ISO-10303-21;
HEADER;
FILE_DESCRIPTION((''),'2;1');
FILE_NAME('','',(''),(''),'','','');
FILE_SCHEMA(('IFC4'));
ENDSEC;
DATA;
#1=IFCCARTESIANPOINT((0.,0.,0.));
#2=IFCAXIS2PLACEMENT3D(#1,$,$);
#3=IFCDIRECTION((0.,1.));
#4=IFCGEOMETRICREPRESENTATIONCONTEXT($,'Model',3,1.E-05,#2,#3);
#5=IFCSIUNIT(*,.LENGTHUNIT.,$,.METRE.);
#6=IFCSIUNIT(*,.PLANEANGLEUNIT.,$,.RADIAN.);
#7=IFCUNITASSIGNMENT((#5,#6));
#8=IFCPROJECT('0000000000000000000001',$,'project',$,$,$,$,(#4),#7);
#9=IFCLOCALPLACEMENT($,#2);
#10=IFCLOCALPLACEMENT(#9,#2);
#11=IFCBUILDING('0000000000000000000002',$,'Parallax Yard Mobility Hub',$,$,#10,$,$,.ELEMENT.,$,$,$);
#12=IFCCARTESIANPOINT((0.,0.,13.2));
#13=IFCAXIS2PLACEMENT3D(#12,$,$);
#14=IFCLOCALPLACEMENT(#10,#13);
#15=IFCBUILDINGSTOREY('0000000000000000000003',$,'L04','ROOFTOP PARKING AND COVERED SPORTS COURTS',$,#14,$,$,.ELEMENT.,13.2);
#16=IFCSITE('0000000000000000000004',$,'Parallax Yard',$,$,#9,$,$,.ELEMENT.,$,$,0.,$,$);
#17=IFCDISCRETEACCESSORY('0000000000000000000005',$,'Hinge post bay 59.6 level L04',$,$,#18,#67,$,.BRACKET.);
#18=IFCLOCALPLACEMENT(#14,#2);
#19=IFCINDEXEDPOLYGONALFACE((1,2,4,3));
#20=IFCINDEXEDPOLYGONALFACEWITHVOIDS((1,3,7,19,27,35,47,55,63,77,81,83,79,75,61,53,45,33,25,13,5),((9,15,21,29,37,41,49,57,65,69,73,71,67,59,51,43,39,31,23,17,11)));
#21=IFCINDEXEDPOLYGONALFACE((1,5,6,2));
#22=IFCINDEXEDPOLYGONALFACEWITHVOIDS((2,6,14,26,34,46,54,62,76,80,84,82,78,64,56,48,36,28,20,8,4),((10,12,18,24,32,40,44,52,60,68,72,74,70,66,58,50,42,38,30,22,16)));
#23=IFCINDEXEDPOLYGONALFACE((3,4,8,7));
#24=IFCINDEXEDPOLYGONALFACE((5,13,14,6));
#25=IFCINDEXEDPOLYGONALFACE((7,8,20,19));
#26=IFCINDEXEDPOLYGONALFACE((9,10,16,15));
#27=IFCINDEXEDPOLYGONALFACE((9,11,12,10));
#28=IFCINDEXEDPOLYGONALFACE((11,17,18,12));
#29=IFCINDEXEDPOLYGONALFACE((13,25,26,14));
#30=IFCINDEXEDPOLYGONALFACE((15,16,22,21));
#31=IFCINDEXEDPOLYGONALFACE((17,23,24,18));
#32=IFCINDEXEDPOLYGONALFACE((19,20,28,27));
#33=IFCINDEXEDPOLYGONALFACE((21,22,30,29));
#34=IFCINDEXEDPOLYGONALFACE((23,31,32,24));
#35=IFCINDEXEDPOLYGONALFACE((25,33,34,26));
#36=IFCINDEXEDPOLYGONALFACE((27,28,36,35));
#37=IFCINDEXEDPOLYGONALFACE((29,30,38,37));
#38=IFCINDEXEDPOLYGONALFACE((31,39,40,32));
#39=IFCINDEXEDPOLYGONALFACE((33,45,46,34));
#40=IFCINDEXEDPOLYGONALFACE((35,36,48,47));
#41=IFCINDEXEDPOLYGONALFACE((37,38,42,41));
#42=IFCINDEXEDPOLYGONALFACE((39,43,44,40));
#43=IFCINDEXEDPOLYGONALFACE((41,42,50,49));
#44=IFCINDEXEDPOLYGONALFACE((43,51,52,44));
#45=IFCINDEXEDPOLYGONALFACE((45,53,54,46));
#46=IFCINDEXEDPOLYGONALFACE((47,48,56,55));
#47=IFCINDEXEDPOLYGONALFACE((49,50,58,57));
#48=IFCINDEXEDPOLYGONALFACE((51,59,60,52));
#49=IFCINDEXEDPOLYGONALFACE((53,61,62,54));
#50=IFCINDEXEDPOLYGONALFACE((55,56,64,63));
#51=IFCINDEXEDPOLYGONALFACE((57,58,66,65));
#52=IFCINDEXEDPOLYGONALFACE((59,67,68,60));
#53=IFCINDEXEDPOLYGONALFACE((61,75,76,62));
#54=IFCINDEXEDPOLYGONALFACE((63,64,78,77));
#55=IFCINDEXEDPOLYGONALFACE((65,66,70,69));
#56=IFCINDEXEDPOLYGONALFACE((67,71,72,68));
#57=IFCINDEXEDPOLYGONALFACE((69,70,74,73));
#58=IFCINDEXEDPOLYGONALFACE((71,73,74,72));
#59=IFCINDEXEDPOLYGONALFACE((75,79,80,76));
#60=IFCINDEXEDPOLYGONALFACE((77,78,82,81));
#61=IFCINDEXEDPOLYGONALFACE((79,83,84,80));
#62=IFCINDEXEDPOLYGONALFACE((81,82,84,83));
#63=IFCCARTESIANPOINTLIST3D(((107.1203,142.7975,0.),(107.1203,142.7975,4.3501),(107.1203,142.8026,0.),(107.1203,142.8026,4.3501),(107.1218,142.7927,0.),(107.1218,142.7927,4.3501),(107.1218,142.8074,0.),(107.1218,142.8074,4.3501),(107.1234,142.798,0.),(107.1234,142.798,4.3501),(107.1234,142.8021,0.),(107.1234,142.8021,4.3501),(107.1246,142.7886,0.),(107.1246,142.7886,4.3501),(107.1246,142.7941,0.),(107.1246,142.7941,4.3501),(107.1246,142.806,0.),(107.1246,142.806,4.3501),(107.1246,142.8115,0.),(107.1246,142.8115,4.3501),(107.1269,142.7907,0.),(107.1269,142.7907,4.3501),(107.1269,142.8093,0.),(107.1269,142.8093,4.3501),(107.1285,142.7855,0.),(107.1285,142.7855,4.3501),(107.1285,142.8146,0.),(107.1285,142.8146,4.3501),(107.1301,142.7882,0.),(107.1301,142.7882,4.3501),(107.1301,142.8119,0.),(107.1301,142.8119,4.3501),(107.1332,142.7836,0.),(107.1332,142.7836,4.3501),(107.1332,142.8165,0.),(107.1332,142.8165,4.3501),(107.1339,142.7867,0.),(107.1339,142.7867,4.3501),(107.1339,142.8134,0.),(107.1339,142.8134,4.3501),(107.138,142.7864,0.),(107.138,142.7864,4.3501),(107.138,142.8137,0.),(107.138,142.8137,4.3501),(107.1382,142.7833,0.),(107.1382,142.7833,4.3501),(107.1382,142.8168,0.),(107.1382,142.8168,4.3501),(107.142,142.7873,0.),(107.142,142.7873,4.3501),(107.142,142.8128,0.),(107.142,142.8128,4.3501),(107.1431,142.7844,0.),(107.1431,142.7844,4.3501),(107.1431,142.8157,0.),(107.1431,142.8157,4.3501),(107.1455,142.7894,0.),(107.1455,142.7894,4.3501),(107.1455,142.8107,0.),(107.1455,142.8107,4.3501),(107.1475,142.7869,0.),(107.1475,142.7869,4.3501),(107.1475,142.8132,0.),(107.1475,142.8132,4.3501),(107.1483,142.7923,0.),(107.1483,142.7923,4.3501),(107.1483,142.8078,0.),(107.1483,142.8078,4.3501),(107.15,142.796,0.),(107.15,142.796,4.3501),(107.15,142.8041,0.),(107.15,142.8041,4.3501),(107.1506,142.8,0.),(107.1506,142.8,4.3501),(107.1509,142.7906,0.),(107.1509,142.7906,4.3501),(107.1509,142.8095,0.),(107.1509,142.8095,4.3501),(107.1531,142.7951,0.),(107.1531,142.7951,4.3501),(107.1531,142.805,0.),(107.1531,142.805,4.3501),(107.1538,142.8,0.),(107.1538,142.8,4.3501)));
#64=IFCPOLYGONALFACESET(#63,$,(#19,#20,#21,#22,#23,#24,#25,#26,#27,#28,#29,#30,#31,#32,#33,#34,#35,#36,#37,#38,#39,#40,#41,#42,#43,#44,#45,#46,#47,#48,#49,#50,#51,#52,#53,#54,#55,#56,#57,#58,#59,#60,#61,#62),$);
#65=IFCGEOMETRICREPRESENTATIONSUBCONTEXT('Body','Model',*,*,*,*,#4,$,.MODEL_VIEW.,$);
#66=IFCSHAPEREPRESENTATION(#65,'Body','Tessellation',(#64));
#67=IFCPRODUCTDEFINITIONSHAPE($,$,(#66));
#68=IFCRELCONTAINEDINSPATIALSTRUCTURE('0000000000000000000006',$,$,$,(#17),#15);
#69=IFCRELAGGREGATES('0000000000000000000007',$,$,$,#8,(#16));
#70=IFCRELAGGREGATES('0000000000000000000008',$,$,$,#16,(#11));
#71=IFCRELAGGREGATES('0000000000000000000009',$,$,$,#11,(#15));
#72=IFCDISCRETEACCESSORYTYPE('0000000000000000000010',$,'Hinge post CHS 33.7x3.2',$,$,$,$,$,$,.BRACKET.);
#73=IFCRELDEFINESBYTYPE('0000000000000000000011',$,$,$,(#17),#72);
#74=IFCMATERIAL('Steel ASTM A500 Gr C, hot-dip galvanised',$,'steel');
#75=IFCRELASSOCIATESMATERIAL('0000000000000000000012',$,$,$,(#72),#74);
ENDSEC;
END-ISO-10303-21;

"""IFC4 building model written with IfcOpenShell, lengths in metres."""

from ifc_helpers import new_model, si_unit, direction, frame, origin, origin_2d, place, context, subcontext, project, spatial, hollow_circle, extrude, material, material_profile, profile_set, type_object, element, save


model = new_model("IFC4")

# Units and contexts
model_context = context("Model", 3, precision=1e-05, world=origin(), true_north=direction((0.0, 1.0)))
body_context = subcontext(model_context, "Body", "Model", "MODEL_VIEW")
ifc_project = project(units=[si_unit("LENGTHUNIT", "METRE"), si_unit("PLANEANGLEUNIT", "RADIAN")], contexts=[model_context])

# Site, building, storey
site_placement = place(None, origin())
site = spatial("IfcSite", under=ifc_project, at=site_placement, Name="Parallax Yard", CompositionType="ELEMENT", RefElevation=0.0)
building_placement = place(site_placement, origin())
building = spatial("IfcBuilding", under=site, at=building_placement, Name="Parallax Yard Mobility Hub", CompositionType="ELEMENT")
storey_placement = place(building_placement, frame((0.0, 0.0, 13.2)))
storey = spatial("IfcBuildingStorey", under=building, at=storey_placement, Name="L04", Description="ROOFTOP PARKING AND COVERED SPORTS COURTS", CompositionType="ELEMENT", Elevation=13.2)

# Discrete accessory
ifc_material_1 = material(Name="Steel ASTM A500 Gr C, hot-dip galvanised", Category="steel")
ifc_material_profile = material_profile(ifc_material_1, hollow_circle(Radius=0.0168, WallThickness=0.0032, at=origin_2d()), Name="CHS 33.7x3.2")
ifc_profile_set = profile_set([ifc_material_profile], Name="Steel ASTM A500 Gr C, hot-dip galvanised")
discrete_accessory_type = type_object("IfcDiscreteAccessoryType", Name="Hinge post CHS 33.7x3.2", PredefinedType="BRACKET", material=ifc_profile_set)
discrete_accessory_placement = place(storey_placement, frame((107.137, 142.8, 0.0), z_axis=(0.0, 0.0, 1.0), x_axis=(1.0, 0.0, 0.0)))
element("IfcDiscreteAccessory", 1, at=discrete_accessory_placement, inside=storey, type_object=discrete_accessory_type, Name="Hinge post bay 59.6 level L04", PredefinedType="BRACKET", context=body_context, shape_type="SweptSolid", body=[
    extrude(hollow_circle(Radius=0.0168, WallThickness=0.0032, at=origin_2d()), origin(), (0.0, 0.0, 1.0), 4.3501),
])

save(model, "model.ifc")
